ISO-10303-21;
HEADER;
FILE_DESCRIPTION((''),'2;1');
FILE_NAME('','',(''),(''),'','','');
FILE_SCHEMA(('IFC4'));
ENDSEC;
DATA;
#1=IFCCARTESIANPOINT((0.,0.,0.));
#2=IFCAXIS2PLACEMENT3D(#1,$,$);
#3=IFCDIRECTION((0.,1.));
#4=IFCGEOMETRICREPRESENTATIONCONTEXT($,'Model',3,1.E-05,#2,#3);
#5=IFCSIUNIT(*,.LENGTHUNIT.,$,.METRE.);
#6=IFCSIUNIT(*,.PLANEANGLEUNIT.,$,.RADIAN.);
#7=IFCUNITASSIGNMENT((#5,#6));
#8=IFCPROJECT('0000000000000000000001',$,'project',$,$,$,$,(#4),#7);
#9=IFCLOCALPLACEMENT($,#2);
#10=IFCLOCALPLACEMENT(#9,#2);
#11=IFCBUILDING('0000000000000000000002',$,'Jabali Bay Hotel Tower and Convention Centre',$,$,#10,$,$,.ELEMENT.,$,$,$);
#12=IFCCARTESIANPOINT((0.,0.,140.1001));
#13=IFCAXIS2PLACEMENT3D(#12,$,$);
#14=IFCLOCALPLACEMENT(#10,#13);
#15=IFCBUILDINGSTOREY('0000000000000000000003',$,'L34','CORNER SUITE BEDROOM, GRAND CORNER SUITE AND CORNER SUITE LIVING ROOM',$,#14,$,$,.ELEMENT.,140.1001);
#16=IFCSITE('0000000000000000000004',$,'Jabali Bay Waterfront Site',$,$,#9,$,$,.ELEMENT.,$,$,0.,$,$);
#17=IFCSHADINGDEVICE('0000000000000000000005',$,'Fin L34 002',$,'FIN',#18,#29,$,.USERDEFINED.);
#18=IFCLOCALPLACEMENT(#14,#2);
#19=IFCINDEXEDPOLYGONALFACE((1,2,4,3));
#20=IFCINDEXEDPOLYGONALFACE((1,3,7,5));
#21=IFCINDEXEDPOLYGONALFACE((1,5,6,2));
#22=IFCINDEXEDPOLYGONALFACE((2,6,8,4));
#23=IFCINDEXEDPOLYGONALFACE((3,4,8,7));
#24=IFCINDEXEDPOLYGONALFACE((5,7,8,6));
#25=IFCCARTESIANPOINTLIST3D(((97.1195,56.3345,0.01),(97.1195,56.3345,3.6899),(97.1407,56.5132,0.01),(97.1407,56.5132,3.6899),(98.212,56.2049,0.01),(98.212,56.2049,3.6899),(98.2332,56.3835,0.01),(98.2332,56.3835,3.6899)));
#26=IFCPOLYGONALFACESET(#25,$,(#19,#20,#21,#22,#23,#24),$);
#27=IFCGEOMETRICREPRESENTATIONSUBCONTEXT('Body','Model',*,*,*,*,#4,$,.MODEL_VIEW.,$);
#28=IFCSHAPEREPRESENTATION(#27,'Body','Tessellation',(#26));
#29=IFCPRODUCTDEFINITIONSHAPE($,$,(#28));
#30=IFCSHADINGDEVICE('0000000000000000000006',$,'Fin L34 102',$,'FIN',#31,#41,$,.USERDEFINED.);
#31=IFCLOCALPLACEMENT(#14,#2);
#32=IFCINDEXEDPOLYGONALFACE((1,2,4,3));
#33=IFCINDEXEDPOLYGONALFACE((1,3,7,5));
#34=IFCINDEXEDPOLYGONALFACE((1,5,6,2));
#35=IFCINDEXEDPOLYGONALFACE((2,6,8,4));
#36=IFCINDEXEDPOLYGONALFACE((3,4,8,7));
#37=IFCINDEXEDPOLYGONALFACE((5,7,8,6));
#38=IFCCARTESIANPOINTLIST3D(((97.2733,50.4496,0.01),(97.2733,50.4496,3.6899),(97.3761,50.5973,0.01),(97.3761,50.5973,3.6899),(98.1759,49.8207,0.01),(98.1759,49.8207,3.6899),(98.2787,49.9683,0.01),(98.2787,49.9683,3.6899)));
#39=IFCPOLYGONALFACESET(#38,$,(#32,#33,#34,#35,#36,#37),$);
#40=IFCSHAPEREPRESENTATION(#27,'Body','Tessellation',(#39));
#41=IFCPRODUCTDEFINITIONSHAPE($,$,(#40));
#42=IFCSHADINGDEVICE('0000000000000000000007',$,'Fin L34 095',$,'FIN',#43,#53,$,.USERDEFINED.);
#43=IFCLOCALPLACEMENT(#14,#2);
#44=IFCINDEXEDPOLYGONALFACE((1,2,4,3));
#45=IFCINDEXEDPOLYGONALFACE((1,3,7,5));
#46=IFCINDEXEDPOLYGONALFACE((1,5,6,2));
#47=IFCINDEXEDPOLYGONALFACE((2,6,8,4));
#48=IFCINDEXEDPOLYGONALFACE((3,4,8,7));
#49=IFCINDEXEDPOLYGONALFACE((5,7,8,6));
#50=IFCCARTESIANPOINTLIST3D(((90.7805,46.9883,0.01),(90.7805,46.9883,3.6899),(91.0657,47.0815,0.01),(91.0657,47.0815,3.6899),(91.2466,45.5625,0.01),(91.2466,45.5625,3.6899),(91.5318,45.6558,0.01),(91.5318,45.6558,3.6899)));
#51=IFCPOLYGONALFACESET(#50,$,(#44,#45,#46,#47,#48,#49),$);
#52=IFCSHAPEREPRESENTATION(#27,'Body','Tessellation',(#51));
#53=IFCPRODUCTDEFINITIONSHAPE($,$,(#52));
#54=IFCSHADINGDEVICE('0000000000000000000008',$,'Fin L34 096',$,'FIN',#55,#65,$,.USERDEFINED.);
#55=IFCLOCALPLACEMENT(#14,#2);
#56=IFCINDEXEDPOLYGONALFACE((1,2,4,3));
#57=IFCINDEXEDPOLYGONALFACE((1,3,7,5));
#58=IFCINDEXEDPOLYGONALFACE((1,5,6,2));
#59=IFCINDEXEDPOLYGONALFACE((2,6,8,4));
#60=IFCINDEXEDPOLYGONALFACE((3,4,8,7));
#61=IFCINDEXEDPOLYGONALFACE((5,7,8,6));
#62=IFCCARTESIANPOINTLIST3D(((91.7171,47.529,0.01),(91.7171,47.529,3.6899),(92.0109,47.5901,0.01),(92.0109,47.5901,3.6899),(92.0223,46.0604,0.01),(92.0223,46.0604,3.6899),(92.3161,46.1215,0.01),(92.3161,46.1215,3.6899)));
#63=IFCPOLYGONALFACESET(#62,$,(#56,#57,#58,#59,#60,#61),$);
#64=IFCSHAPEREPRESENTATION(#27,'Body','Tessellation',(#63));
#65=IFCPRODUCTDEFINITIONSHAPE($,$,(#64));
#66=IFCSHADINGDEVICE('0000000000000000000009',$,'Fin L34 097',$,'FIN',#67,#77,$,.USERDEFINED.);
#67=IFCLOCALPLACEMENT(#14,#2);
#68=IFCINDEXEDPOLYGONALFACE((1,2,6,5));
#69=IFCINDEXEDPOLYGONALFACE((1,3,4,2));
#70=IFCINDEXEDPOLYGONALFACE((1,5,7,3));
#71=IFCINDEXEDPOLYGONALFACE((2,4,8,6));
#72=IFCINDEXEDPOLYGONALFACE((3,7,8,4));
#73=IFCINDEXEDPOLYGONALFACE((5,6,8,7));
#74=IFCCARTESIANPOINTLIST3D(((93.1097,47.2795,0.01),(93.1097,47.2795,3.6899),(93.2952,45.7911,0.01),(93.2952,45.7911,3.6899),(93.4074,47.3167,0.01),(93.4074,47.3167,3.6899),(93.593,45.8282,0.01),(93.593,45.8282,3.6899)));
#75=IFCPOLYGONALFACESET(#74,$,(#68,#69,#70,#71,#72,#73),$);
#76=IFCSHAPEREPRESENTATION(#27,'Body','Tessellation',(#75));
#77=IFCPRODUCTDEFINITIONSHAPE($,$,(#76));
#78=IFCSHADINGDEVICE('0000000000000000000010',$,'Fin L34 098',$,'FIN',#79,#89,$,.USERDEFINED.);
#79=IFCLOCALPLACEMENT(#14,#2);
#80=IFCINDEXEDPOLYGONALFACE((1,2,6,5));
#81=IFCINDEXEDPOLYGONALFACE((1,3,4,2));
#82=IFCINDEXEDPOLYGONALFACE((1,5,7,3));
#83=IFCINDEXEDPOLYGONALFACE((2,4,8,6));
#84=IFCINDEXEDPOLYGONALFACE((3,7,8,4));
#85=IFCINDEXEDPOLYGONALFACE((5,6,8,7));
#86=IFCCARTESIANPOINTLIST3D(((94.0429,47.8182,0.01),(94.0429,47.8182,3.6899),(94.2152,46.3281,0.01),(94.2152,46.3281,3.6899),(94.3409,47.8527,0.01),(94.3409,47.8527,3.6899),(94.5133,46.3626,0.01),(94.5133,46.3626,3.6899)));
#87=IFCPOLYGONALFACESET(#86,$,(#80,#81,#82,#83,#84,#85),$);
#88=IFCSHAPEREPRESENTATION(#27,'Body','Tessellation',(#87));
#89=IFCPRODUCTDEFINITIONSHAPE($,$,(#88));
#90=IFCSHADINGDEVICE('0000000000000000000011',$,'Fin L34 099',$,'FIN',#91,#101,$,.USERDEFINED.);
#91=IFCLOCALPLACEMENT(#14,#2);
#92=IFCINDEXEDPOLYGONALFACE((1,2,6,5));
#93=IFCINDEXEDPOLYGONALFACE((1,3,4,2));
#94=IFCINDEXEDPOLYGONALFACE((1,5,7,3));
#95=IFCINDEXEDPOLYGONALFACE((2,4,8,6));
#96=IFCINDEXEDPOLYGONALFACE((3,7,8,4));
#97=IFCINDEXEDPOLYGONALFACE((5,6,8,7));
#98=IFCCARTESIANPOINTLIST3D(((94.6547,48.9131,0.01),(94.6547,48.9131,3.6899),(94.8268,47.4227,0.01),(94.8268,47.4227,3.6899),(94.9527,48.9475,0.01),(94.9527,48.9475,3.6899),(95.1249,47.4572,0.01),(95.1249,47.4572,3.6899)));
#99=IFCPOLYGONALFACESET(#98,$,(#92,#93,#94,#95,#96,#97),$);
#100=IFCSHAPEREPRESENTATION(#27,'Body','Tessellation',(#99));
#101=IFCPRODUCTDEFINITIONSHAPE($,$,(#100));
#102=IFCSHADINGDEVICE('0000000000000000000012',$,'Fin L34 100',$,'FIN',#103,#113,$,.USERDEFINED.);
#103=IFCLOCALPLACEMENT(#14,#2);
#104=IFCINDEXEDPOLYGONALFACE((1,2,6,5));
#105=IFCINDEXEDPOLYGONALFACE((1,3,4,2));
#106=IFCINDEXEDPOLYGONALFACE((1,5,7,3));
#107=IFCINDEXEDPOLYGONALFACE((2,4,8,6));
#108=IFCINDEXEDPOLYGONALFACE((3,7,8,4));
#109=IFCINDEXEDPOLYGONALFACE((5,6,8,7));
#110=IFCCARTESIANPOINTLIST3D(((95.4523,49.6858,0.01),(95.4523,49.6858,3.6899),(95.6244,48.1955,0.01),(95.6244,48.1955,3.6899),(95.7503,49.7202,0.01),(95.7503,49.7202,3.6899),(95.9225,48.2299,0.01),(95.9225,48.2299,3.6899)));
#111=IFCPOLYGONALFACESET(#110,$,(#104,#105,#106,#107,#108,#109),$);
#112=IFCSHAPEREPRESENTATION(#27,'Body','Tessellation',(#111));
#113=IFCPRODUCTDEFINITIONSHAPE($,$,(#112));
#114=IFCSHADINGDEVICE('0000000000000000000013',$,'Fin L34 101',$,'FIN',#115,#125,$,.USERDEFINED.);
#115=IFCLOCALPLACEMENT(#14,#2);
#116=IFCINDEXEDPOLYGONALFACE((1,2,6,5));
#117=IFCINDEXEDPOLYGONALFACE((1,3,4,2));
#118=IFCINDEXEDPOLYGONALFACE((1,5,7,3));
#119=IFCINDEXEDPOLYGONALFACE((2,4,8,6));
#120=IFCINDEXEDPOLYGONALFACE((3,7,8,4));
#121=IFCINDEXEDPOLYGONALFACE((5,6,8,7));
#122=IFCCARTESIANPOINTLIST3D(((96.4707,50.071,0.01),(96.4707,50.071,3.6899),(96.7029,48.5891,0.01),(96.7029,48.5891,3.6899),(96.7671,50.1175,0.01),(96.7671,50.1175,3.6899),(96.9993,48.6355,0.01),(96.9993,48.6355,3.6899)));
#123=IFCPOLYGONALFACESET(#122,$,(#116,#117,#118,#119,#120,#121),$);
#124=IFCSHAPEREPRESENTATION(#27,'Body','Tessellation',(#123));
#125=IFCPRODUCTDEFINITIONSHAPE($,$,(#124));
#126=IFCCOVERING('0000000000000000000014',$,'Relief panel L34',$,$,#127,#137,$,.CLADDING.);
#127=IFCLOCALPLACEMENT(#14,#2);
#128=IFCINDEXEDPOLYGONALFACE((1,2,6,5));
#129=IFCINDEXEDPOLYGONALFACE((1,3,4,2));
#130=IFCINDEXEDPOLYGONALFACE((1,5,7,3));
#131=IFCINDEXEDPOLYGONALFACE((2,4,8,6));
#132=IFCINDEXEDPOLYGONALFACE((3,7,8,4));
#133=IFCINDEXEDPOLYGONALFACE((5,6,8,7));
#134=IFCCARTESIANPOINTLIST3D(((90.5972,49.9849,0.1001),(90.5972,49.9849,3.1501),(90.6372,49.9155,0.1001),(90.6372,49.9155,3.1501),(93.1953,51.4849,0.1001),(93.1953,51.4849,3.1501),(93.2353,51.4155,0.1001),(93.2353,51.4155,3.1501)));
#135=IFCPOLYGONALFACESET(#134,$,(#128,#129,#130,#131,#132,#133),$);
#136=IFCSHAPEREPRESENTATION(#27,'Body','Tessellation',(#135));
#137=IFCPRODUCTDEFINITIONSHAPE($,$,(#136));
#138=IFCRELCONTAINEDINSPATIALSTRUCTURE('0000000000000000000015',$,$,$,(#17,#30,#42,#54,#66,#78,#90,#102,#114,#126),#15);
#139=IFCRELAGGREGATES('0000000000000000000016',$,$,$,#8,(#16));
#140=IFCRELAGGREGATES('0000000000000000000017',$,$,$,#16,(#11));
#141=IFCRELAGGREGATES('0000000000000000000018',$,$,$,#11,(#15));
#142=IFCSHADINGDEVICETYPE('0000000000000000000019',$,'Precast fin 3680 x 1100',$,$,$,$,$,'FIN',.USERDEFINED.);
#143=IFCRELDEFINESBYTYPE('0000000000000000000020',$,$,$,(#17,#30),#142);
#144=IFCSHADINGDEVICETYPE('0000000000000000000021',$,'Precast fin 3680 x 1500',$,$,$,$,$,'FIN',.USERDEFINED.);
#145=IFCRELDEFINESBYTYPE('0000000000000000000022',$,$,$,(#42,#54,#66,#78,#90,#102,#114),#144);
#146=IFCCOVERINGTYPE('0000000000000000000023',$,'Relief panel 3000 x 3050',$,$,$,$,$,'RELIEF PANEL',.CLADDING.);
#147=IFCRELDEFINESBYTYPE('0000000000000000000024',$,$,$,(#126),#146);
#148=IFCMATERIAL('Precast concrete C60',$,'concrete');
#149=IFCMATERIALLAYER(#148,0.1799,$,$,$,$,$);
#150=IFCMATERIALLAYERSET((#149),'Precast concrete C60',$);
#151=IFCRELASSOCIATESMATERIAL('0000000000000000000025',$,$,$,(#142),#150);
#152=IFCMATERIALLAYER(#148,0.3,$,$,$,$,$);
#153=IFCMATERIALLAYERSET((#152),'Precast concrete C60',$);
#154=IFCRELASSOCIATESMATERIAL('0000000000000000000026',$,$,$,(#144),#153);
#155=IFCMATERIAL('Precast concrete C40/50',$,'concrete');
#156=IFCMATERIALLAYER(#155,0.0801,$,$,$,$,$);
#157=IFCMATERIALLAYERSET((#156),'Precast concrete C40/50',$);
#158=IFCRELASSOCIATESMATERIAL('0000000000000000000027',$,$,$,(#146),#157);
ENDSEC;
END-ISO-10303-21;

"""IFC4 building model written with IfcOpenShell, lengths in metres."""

from ifc_helpers import new_model, si_unit, direction, frame, frame_2d, origin, origin_2d, place, context, subcontext, project, spatial, rectangle, extrude, material, layer, layer_set, type_object, element, save


model = new_model("IFC4")

# Units and contexts
model_context = context("Model", 3, precision=1e-05, world=origin(), true_north=direction((0.0, 1.0)))
body_context = subcontext(model_context, "Body", "Model", "MODEL_VIEW")
ifc_project = project(units=[si_unit("LENGTHUNIT", "METRE"), si_unit("PLANEANGLEUNIT", "RADIAN")], contexts=[model_context])

# Site, building, storey
site_placement = place(None, origin())
site = spatial("IfcSite", under=ifc_project, at=site_placement, Name="Jabali Bay Waterfront Site", CompositionType="ELEMENT", RefElevation=0.0)
building_placement = place(site_placement, origin())
building = spatial("IfcBuilding", under=site, at=building_placement, Name="Jabali Bay Hotel Tower and Convention Centre", CompositionType="ELEMENT")
storey_placement = place(building_placement, frame((0.0, 0.0, 140.1001)))
storey = spatial("IfcBuildingStorey", under=building, at=storey_placement, Name="L34", Description="CORNER SUITE BEDROOM, GRAND CORNER SUITE AND CORNER SUITE LIVING ROOM", CompositionType="ELEMENT", Elevation=140.1001)

# Shading devices
ifc_material_1 = material(Name="Precast concrete C60", Category="concrete")
ifc_layer_1 = layer(ifc_material_1, 0.1799)
ifc_layer_set_1 = layer_set([ifc_layer_1], Name="Precast concrete C60")
shading_device_type_1 = type_object("IfcShadingDeviceType", Name="Precast fin 3680 x 1100", ElementType="FIN", PredefinedType="USERDEFINED", material=ifc_layer_set_1)
for number, where, z_axis, x_axis, name in (
    (1, (97.1301, 56.4238, 0.01), (0.0, 0.0, 1.0), (0.993033, -0.117833, 0.0), "Fin L34 002"),
    (2, (97.3247, 50.5234, 0.01), (0.0, 0.0, 1.0), (0.820471, -0.571689, 0.0), "Fin L34 102"),
):
    element("IfcShadingDevice", number, at=place(storey_placement, frame(where, z_axis=z_axis, x_axis=x_axis)), inside=storey, type_object=shading_device_type_1, Name=name, ObjectType="FIN", PredefinedType="USERDEFINED", context=body_context, shape_type="SweptSolid", body=[
        extrude(rectangle(XDim=1.1001, YDim=0.1799, at=frame_2d((0.55, 0.0))), origin(), (0.0, 0.0, 1.0), 3.6799),
    ])
ifc_layer_2 = layer(ifc_material_1, 0.3)
ifc_layer_set_2 = layer_set([ifc_layer_2], Name="Precast concrete C60")
shading_device_type_2 = type_object("IfcShadingDeviceType", Name="Precast fin 3680 x 1500", ElementType="FIN", PredefinedType="USERDEFINED", material=ifc_layer_set_2)
for number, where, z_axis, x_axis, name in (
    (3, (90.9231, 47.0349, 0.01), (0.0, 0.0, 1.0), (0.310705, -0.950506, 0.0), "Fin L34 095"),
    (4, (91.864, 47.5596, 0.01), (0.0, 0.0, 1.0), (0.203467, -0.979082, 0.0), "Fin L34 096"),
    (5, (93.2585, 47.2981, 0.01), (0.0, 0.0, 1.0), (0.123694, -0.99232, 0.0), "Fin L34 097"),
    (6, (94.1919, 47.8354, 0.01), (0.0, 0.0, 1.0), (0.114914, -0.993375, 0.0), "Fin L34 098"),
):
    element("IfcShadingDevice", number, at=place(storey_placement, frame(where, z_axis=z_axis, x_axis=x_axis)), inside=storey, type_object=shading_device_type_2, Name=name, ObjectType="FIN", PredefinedType="USERDEFINED", context=body_context, shape_type="SweptSolid", body=[
        extrude(rectangle(XDim=1.5, YDim=0.3, at=frame_2d((0.75, 0.0))), origin(), (0.0, 0.0, 1.0), 3.6799),
    ])
for number, where, z_axis, x_axis, name in (
    (7, (94.8037, 48.9302, 0.01), (0.0, 0.0, 1.0), (0.114735, -0.993396, 0.0), "Fin L34 099"),
    (8, (95.6013, 49.7029, 0.01), (0.0, 0.0, 1.0), (0.114735, -0.993396, 0.0), "Fin L34 100"),
):
    element("IfcShadingDevice", number, at=place(storey_placement, frame(where, z_axis=z_axis, x_axis=x_axis)), inside=storey, type_object=shading_device_type_2, Name=name, ObjectType="FIN", PredefinedType="USERDEFINED", context=body_context, shape_type="SweptSolid", body=[
        extrude(rectangle(XDim=1.5002, YDim=0.3, at=frame_2d((0.75, 0.0))), origin(), (0.0, 0.0, 1.0), 3.6799),
    ])
shading_device_1_placement = place(storey_placement, frame((96.6189, 50.0942, 0.01), z_axis=(0.0, 0.0, 1.0), x_axis=(0.154784, -0.987948, 0.0)))
element("IfcShadingDevice", 9, at=shading_device_1_placement, inside=storey, type_object=shading_device_type_2, Name="Fin L34 101", ObjectType="FIN", PredefinedType="USERDEFINED", context=body_context, shape_type="SweptSolid", body=[
    extrude(rectangle(XDim=1.5, YDim=0.3, at=frame_2d((0.75, 0.0))), origin(), (0.0, 0.0, 1.0), 3.6799),
])

# Covering
ifc_material_2 = material(Name="Precast concrete C40/50", Category="concrete")
ifc_layer_3 = layer(ifc_material_2, 0.0801)
ifc_layer_set_3 = layer_set([ifc_layer_3], Name="Precast concrete C40/50")
covering_type = type_object("IfcCoveringType", Name="Relief panel 3000 x 3050", ElementType="RELIEF PANEL", PredefinedType="CLADDING", material=ifc_layer_set_3)
covering_placement = place(storey_placement, frame((91.9163, 50.7002, 0.1001), z_axis=(0.0, 0.0, 1.0), x_axis=(-0.866025, -0.5, 0.0)))
element("IfcCovering", 10, at=covering_placement, inside=storey, type_object=covering_type, Name="Relief panel L34", PredefinedType="CLADDING", context=body_context, shape_type="SweptSolid", body=[
    extrude(rectangle(XDim=3.0, YDim=0.0801, at=origin_2d()), origin(), (0.0, 0.0, 1.0), 3.05),
])

save(model, "model.ifc")
